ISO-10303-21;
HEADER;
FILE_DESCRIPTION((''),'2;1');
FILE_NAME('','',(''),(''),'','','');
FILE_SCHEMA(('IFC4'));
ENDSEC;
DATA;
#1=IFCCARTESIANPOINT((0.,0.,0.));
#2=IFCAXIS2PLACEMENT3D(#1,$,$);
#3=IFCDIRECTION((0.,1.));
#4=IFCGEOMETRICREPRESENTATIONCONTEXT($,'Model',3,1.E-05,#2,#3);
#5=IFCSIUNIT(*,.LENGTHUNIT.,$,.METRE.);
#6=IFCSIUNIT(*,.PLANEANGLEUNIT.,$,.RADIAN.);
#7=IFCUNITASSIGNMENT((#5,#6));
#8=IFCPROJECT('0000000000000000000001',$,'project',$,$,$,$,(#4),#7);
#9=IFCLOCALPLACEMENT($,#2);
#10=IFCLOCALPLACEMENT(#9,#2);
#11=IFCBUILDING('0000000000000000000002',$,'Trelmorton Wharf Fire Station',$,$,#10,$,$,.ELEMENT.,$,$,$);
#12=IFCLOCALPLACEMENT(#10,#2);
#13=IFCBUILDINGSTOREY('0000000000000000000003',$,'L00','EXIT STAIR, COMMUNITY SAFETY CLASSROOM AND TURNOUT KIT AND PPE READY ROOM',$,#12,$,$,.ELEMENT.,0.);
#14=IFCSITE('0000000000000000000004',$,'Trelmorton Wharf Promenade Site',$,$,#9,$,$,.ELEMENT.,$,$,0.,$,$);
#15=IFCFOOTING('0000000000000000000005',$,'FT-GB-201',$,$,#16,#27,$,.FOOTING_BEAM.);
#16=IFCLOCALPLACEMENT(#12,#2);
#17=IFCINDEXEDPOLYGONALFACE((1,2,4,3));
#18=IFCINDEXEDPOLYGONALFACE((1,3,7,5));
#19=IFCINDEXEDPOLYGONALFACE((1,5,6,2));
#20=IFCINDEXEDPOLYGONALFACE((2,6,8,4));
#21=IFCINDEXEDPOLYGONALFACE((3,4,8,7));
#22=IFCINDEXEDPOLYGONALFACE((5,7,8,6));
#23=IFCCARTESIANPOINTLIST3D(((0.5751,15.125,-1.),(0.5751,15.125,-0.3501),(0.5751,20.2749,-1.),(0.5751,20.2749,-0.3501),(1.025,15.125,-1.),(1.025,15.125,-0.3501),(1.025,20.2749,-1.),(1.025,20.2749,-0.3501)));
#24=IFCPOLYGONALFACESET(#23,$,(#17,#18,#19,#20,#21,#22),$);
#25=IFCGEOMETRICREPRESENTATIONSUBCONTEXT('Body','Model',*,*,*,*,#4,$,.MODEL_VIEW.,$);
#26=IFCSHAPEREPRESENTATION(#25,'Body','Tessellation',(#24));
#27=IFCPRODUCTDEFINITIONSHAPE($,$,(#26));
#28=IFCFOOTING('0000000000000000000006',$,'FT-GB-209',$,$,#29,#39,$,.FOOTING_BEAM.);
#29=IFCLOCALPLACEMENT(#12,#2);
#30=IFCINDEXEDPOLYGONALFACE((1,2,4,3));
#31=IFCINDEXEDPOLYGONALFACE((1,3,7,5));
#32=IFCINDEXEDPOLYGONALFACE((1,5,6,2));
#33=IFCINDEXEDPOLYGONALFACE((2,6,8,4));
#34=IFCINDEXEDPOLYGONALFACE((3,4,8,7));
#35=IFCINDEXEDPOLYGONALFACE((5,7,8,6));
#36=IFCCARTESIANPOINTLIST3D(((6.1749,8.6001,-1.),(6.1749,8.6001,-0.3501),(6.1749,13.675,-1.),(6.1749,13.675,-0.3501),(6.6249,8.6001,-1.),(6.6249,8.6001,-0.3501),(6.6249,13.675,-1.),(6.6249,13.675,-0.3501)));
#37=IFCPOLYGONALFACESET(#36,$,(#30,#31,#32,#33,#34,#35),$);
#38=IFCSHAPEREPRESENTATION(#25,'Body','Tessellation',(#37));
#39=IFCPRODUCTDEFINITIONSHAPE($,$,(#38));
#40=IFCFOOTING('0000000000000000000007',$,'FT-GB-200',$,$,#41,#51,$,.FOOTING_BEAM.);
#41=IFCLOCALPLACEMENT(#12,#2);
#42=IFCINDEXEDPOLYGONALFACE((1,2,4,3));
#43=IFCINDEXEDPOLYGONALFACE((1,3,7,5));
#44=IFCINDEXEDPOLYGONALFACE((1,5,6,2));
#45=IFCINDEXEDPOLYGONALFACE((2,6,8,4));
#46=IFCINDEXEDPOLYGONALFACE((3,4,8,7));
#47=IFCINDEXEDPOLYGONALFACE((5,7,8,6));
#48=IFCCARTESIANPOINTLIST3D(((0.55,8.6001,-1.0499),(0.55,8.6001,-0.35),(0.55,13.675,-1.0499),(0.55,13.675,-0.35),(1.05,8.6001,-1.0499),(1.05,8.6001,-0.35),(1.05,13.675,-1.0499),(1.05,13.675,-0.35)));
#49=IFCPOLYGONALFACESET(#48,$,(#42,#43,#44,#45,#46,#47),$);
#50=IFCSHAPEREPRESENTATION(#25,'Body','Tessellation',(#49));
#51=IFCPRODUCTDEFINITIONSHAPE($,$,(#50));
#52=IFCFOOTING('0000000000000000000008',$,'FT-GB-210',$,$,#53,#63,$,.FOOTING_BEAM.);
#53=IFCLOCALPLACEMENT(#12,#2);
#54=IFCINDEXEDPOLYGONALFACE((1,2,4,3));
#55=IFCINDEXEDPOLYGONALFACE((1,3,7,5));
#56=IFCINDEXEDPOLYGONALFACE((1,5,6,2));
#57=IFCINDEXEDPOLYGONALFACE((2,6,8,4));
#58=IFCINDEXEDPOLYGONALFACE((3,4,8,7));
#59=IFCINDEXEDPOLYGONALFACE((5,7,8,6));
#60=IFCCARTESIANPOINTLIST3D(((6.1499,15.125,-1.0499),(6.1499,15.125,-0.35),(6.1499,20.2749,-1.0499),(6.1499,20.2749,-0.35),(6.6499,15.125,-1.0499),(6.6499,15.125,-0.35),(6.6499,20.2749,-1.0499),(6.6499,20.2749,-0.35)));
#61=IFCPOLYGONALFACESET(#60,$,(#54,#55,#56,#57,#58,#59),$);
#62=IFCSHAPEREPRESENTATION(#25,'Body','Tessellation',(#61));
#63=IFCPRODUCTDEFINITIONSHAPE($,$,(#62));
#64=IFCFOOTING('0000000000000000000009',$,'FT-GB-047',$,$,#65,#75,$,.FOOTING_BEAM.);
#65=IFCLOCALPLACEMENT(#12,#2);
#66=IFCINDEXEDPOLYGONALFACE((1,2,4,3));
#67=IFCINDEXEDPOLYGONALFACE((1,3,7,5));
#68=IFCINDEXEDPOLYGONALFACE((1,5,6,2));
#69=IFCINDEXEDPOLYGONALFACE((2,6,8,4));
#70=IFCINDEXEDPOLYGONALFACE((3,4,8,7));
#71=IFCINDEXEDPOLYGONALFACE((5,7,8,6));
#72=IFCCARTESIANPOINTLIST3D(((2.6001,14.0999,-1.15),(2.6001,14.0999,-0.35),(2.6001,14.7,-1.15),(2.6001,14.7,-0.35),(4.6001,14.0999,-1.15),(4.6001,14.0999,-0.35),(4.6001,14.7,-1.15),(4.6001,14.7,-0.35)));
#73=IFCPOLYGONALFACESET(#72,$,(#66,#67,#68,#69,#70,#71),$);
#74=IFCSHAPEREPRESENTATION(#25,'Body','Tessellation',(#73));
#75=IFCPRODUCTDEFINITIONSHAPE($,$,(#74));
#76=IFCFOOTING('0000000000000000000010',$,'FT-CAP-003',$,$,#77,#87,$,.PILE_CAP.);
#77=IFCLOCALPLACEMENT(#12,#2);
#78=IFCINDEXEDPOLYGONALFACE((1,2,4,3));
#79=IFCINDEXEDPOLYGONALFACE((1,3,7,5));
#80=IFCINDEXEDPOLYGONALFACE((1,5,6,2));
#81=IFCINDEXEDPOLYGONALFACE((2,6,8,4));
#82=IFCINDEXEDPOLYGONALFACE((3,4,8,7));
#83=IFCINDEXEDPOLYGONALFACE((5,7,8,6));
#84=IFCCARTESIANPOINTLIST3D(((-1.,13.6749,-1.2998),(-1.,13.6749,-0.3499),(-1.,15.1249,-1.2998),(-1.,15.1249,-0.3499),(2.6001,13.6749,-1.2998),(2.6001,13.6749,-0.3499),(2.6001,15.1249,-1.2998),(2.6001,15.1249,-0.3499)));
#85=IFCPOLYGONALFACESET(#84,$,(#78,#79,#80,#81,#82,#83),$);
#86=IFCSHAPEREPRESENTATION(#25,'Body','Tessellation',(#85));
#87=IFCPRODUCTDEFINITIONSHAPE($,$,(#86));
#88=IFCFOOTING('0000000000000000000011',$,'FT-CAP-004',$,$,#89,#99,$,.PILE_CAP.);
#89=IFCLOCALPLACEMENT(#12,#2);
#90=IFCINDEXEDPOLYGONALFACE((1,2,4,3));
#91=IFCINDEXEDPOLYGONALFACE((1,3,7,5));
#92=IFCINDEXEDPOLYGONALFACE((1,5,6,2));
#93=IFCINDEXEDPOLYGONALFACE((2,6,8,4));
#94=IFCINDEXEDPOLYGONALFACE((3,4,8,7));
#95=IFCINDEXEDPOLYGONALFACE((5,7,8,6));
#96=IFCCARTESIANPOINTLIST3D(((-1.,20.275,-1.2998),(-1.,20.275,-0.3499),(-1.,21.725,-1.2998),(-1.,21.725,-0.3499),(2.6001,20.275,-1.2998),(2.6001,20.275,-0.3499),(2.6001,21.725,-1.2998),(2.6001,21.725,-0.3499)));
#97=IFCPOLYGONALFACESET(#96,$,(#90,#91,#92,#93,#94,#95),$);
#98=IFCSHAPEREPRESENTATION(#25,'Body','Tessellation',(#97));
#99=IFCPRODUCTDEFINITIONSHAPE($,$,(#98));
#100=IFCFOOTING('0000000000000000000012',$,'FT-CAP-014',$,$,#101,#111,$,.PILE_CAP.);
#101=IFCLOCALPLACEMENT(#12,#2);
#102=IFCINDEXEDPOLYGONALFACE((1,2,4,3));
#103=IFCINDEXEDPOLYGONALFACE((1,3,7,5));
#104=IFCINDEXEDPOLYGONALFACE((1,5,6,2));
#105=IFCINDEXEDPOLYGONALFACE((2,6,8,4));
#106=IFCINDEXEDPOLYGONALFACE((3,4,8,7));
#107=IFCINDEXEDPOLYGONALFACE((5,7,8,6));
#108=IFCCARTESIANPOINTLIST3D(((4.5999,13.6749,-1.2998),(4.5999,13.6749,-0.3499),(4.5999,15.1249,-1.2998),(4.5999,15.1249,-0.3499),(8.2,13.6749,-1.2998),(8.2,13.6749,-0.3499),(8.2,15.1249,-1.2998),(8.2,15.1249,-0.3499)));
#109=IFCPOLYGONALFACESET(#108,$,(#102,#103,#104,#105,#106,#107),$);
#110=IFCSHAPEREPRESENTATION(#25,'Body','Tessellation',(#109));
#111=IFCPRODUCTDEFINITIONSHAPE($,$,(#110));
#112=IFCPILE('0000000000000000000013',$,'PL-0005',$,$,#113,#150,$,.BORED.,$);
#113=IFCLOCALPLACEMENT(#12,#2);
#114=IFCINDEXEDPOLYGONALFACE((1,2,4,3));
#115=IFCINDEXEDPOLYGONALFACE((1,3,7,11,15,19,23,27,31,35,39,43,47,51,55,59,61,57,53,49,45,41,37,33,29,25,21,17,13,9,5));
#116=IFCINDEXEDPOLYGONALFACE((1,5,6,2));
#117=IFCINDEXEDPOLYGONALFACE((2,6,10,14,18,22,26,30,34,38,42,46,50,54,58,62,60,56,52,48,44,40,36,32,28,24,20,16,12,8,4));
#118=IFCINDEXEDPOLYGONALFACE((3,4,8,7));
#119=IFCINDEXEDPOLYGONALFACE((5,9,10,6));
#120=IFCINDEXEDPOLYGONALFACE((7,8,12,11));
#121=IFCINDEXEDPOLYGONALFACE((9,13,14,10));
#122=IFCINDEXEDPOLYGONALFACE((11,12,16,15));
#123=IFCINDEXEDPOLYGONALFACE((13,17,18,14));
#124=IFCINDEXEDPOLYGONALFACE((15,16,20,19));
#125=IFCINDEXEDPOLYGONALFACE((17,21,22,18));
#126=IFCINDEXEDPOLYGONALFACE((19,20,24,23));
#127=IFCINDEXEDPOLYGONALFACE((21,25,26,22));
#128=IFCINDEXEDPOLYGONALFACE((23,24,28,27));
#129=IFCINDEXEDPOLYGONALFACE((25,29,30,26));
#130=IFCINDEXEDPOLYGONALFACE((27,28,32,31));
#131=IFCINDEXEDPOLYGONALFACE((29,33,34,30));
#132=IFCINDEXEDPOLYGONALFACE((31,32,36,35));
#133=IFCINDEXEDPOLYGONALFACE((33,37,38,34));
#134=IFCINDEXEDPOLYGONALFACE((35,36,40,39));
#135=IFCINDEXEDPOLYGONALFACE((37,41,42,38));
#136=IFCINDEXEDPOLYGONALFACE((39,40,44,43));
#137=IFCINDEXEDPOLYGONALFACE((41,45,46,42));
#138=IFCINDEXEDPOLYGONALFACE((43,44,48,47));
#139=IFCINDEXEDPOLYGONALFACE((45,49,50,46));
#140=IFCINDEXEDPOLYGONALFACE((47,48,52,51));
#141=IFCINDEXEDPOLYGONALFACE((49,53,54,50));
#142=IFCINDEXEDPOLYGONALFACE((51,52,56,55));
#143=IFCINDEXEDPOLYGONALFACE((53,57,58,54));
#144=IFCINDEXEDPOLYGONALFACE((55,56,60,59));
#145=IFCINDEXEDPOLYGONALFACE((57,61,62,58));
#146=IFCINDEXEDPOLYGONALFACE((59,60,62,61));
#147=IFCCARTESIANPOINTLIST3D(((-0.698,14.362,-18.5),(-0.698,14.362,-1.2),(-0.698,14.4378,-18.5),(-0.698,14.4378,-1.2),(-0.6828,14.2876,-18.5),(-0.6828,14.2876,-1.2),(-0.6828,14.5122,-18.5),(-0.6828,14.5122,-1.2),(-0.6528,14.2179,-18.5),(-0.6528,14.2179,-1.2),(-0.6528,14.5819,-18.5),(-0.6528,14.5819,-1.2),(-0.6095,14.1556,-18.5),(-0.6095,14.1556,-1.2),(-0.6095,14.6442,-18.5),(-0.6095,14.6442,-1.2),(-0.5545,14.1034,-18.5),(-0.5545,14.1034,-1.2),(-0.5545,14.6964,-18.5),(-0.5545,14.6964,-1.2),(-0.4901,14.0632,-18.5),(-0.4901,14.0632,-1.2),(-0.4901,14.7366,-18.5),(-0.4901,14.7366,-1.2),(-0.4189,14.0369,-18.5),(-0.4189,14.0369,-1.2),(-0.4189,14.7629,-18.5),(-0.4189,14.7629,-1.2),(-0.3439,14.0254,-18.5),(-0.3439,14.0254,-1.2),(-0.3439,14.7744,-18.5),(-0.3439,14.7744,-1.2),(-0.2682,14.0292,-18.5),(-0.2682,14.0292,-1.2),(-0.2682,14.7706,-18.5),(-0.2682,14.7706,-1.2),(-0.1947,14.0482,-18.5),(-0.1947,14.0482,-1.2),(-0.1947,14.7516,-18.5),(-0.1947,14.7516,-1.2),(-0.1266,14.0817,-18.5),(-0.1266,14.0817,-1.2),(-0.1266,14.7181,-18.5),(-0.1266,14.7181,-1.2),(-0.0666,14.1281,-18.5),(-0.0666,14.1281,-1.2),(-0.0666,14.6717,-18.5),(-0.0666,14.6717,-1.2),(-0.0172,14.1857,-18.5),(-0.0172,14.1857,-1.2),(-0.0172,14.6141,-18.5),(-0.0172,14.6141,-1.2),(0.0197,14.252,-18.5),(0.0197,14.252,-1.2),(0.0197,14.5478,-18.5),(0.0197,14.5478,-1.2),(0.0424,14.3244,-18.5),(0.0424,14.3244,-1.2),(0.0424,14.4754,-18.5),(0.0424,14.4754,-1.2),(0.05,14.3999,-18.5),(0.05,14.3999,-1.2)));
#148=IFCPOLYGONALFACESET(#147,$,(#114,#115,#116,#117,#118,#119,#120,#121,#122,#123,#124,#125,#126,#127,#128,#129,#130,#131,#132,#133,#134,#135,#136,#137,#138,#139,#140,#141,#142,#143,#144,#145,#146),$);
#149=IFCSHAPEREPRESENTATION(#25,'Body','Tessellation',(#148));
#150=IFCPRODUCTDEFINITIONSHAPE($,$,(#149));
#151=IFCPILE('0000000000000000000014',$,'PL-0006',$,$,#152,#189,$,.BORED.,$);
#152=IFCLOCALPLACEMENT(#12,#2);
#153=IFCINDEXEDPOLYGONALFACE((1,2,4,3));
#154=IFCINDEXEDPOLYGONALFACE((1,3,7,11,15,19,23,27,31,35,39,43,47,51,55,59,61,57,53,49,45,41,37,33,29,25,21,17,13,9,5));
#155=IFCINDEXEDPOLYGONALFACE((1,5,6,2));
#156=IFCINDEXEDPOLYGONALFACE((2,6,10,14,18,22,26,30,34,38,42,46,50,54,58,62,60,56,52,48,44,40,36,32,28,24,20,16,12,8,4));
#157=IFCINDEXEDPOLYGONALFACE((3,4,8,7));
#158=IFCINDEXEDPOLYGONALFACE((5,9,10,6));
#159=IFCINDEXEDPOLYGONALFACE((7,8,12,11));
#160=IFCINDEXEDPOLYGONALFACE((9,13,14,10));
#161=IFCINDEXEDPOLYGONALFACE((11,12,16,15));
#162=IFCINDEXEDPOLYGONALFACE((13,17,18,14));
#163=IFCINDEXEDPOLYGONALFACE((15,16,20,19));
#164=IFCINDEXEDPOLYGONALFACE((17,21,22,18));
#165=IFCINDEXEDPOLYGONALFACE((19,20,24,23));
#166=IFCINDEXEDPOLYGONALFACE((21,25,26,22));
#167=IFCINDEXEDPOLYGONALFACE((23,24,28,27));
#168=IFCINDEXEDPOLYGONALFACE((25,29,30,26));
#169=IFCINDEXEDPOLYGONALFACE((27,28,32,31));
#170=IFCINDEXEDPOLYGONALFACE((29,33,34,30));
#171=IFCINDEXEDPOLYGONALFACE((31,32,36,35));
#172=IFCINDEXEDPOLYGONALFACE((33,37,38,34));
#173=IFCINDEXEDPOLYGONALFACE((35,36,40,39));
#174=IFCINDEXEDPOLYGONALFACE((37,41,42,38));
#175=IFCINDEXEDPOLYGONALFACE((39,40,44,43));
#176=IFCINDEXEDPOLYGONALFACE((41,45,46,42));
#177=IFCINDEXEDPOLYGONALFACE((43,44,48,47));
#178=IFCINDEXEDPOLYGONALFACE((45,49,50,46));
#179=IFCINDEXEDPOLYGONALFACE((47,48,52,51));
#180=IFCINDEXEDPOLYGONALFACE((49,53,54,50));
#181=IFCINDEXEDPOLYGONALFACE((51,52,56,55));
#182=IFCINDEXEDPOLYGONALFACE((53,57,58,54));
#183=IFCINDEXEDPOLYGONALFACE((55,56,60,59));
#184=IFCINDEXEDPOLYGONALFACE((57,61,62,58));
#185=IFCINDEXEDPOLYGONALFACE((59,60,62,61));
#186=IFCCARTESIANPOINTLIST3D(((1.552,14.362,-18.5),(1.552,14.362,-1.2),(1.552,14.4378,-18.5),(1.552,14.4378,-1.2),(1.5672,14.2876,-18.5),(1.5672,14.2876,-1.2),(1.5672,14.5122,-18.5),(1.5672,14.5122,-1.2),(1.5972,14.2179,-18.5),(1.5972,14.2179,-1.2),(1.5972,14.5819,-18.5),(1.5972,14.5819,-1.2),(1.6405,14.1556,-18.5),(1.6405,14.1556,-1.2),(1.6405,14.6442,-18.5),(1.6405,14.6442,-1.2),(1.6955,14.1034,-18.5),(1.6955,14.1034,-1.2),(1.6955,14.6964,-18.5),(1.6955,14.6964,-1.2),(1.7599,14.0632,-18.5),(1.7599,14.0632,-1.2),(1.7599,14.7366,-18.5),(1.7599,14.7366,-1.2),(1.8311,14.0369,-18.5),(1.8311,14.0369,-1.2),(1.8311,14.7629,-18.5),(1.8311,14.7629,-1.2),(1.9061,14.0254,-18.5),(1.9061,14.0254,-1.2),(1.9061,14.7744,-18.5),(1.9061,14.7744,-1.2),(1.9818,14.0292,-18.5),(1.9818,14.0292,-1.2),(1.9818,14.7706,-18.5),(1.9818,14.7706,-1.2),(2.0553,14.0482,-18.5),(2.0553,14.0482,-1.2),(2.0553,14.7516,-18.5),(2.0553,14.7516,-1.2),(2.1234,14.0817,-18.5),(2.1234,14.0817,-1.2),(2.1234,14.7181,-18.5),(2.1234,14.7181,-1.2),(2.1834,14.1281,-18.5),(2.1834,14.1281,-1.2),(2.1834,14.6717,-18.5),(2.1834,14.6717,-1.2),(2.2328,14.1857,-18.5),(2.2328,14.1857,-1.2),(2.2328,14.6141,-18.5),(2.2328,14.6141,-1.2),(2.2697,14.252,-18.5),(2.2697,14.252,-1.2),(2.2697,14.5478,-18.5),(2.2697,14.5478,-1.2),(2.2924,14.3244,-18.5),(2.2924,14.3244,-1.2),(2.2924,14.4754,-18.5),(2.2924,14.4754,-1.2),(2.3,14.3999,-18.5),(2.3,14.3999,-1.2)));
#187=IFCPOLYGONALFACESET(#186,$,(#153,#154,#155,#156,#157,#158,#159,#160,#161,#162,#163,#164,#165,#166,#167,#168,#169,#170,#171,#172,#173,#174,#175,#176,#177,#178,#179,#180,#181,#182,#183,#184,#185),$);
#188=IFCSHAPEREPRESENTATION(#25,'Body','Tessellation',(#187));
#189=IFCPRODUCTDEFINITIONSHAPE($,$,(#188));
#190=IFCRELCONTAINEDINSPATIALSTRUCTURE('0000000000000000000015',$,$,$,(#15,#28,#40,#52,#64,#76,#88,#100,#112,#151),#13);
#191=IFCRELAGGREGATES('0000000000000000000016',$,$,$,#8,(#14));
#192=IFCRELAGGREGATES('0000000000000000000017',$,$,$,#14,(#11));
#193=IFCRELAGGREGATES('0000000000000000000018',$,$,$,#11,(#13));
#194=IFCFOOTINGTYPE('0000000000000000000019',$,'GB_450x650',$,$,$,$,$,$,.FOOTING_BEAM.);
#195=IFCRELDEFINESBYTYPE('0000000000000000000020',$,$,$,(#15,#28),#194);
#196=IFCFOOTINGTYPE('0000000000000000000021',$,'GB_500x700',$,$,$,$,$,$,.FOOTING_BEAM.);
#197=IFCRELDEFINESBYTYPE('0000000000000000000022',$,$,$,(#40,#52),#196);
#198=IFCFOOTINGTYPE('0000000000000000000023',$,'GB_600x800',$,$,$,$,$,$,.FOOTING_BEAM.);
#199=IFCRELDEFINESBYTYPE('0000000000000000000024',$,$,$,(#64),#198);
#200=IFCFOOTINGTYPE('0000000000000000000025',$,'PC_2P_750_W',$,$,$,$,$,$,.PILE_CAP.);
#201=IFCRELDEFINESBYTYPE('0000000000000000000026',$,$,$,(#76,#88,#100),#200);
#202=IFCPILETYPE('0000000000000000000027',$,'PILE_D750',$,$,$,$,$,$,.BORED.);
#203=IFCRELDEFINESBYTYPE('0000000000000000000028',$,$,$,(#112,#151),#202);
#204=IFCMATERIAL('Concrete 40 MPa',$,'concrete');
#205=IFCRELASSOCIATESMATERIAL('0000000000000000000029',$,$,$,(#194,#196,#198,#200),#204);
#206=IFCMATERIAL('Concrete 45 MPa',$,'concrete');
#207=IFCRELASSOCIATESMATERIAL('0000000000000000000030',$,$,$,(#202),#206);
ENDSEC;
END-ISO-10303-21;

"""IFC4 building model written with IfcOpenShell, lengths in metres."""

from ifc_helpers import new_model, si_unit, direction, frame, origin, origin_2d, place, context, subcontext, project, spatial, rectangle, circle, extrude, material, material_profile, profile_set, type_object, element, save


model = new_model("IFC4")

# Units and contexts
model_context = context("Model", 3, precision=1e-05, world=origin(), true_north=direction((0.0, 1.0)))
body_context = subcontext(model_context, "Body", "Model", "MODEL_VIEW")
ifc_project = project(units=[si_unit("LENGTHUNIT", "METRE"), si_unit("PLANEANGLEUNIT", "RADIAN")], contexts=[model_context])

# Site, building, storey
site_placement = place(None, origin())
site = spatial("IfcSite", under=ifc_project, at=site_placement, Name="Trelmorton Wharf Promenade Site", CompositionType="ELEMENT", RefElevation=0.0)
building_placement = place(site_placement, origin())
building = spatial("IfcBuilding", under=site, at=building_placement, Name="Trelmorton Wharf Fire Station", CompositionType="ELEMENT")
storey_placement = place(building_placement, origin())
storey = spatial("IfcBuildingStorey", under=building, at=storey_placement, Name="L00", Description="EXIT STAIR, COMMUNITY SAFETY CLASSROOM AND TURNOUT KIT AND PPE READY ROOM", CompositionType="ELEMENT", Elevation=0.0)

# Footings
ifc_material_1 = material(Name="Concrete 40 MPa", Category="concrete")
ifc_material_profile_1 = material_profile(ifc_material_1, rectangle(XDim=0.45, YDim=0.6499, at=origin_2d()), Name="RC450x650")
ifc_profile_set_1 = profile_set([ifc_material_profile_1], Name="Concrete 40 MPa")
footing_type_1 = type_object("IfcFootingType", Name="GB_450x650", PredefinedType="FOOTING_BEAM", material=ifc_profile_set_1)
footing_1_placement = place(storey_placement, frame((0.8, 15.125, -0.675), z_axis=(0.0, 1.0, 0.0), x_axis=(-1.0, 0.0, 0.0)))
element("IfcFooting", 1, at=footing_1_placement, inside=storey, type_object=footing_type_1, Name="FT-GB-201", PredefinedType="FOOTING_BEAM", context=body_context, shape_type="SweptSolid", body=[
    extrude(rectangle(XDim=0.45, YDim=0.6499, at=origin_2d()), origin(), (0.0, 0.0, 1.0), 5.1499),
])
footing_2_placement = place(storey_placement, frame((6.3999, 8.6001, -0.675), z_axis=(0.0, 1.0, 0.0), x_axis=(-1.0, 0.0, 0.0)))
element("IfcFooting", 2, at=footing_2_placement, inside=storey, type_object=footing_type_1, Name="FT-GB-209", PredefinedType="FOOTING_BEAM", context=body_context, shape_type="SweptSolid", body=[
    extrude(rectangle(XDim=0.45, YDim=0.6499, at=origin_2d()), origin(), (0.0, 0.0, 1.0), 5.075),
])
ifc_material_profile_2 = material_profile(ifc_material_1, rectangle(XDim=0.5, YDim=0.7, at=origin_2d()), Name="RC500x700")
ifc_profile_set_2 = profile_set([ifc_material_profile_2], Name="Concrete 40 MPa")
footing_type_2 = type_object("IfcFootingType", Name="GB_500x700", PredefinedType="FOOTING_BEAM", material=ifc_profile_set_2)
footing_3_placement = place(storey_placement, frame((0.8, 8.6001, -0.7), z_axis=(0.0, 1.0, 0.0), x_axis=(-1.0, 0.0, 0.0)))
element("IfcFooting", 3, at=footing_3_placement, inside=storey, type_object=footing_type_2, Name="FT-GB-200", PredefinedType="FOOTING_BEAM", context=body_context, shape_type="SweptSolid", body=[
    extrude(rectangle(XDim=0.5, YDim=0.7, at=origin_2d()), origin(), (0.0, 0.0, 1.0), 5.075),
])
footing_4_placement = place(storey_placement, frame((6.3999, 15.125, -0.7), z_axis=(0.0, 1.0, 0.0), x_axis=(-1.0, 0.0, 0.0)))
element("IfcFooting", 4, at=footing_4_placement, inside=storey, type_object=footing_type_2, Name="FT-GB-210", PredefinedType="FOOTING_BEAM", context=body_context, shape_type="SweptSolid", body=[
    extrude(rectangle(XDim=0.5, YDim=0.7, at=origin_2d()), origin(), (0.0, 0.0, 1.0), 5.1499),
])
ifc_material_profile_3 = material_profile(ifc_material_1, rectangle(XDim=0.6001, YDim=0.8, at=origin_2d()), Name="RC600x800")
ifc_profile_set_3 = profile_set([ifc_material_profile_3], Name="Concrete 40 MPa")
footing_type_3 = type_object("IfcFootingType", Name="GB_600x800", PredefinedType="FOOTING_BEAM", material=ifc_profile_set_3)
footing_5_placement = place(storey_placement, frame((2.6001, 14.3999, -0.75), z_axis=(1.0, 0.0, 0.0), x_axis=(0.0, 1.0, 0.0)))
element("IfcFooting", 5, at=footing_5_placement, inside=storey, type_object=footing_type_3, Name="FT-GB-047", PredefinedType="FOOTING_BEAM", context=body_context, shape_type="SweptSolid", body=[
    extrude(rectangle(XDim=0.6001, YDim=0.8, at=origin_2d()), origin(), (0.0, 0.0, 1.0), 2.0),
])
footing_type_4 = type_object("IfcFootingType", Name="PC_2P_750_W", PredefinedType="PILE_CAP", material=ifc_material_1)
for number, where, z_axis, x_axis, name in (
    (6, (0.8, 14.3999, -1.2998), (0.0, 0.0, 1.0), (1.0, 0.0, 0.0), "FT-CAP-003"),
    (7, (0.8, 21.0, -1.2998), (0.0, 0.0, 1.0), (1.0, 0.0, 0.0), "FT-CAP-004"),
    (8, (6.3999, 14.3999, -1.2998), (0.0, 0.0, 1.0), (1.0, 0.0, 0.0), "FT-CAP-014"),
):
    element("IfcFooting", number, at=place(storey_placement, frame(where, z_axis=z_axis, x_axis=x_axis)), inside=storey, type_object=footing_type_4, Name=name, PredefinedType="PILE_CAP", context=body_context, shape_type="SweptSolid", body=[
        extrude(rectangle(XDim=3.6001, YDim=1.45, at=origin_2d()), origin(), (0.0, 0.0, 1.0), 0.95),
    ])

# Piles
ifc_material_2 = material(Name="Concrete 45 MPa", Category="concrete")
ifc_material_profile_4 = material_profile(ifc_material_2, circle(Radius=0.375, at=origin_2d()), Name="PILE-D750")
ifc_profile_set_4 = profile_set([ifc_material_profile_4], Name="Concrete 45 MPa")
pile_type = type_object("IfcPileType", Name="PILE_D750", PredefinedType="BORED", material=ifc_profile_set_4)
for number, where, z_axis, x_axis, name in (
    (9, (-0.325, 14.3999, -1.2), (0.0, 0.0, -1.0), (1.0, 0.0, 0.0), "PL-0005"),
    (10, (1.925, 14.3999, -1.2), (0.0, 0.0, -1.0), (1.0, 0.0, 0.0), "PL-0006"),
):
    element("IfcPile", number, at=place(storey_placement, frame(where, z_axis=z_axis, x_axis=x_axis)), inside=storey, type_object=pile_type, Name=name, PredefinedType="BORED", context=body_context, shape_type="SweptSolid", body=[
        extrude(circle(Radius=0.375, at=origin_2d()), origin(), (0.0, 0.0, 1.0), 17.3),
    ])

save(model, "model.ifc")
